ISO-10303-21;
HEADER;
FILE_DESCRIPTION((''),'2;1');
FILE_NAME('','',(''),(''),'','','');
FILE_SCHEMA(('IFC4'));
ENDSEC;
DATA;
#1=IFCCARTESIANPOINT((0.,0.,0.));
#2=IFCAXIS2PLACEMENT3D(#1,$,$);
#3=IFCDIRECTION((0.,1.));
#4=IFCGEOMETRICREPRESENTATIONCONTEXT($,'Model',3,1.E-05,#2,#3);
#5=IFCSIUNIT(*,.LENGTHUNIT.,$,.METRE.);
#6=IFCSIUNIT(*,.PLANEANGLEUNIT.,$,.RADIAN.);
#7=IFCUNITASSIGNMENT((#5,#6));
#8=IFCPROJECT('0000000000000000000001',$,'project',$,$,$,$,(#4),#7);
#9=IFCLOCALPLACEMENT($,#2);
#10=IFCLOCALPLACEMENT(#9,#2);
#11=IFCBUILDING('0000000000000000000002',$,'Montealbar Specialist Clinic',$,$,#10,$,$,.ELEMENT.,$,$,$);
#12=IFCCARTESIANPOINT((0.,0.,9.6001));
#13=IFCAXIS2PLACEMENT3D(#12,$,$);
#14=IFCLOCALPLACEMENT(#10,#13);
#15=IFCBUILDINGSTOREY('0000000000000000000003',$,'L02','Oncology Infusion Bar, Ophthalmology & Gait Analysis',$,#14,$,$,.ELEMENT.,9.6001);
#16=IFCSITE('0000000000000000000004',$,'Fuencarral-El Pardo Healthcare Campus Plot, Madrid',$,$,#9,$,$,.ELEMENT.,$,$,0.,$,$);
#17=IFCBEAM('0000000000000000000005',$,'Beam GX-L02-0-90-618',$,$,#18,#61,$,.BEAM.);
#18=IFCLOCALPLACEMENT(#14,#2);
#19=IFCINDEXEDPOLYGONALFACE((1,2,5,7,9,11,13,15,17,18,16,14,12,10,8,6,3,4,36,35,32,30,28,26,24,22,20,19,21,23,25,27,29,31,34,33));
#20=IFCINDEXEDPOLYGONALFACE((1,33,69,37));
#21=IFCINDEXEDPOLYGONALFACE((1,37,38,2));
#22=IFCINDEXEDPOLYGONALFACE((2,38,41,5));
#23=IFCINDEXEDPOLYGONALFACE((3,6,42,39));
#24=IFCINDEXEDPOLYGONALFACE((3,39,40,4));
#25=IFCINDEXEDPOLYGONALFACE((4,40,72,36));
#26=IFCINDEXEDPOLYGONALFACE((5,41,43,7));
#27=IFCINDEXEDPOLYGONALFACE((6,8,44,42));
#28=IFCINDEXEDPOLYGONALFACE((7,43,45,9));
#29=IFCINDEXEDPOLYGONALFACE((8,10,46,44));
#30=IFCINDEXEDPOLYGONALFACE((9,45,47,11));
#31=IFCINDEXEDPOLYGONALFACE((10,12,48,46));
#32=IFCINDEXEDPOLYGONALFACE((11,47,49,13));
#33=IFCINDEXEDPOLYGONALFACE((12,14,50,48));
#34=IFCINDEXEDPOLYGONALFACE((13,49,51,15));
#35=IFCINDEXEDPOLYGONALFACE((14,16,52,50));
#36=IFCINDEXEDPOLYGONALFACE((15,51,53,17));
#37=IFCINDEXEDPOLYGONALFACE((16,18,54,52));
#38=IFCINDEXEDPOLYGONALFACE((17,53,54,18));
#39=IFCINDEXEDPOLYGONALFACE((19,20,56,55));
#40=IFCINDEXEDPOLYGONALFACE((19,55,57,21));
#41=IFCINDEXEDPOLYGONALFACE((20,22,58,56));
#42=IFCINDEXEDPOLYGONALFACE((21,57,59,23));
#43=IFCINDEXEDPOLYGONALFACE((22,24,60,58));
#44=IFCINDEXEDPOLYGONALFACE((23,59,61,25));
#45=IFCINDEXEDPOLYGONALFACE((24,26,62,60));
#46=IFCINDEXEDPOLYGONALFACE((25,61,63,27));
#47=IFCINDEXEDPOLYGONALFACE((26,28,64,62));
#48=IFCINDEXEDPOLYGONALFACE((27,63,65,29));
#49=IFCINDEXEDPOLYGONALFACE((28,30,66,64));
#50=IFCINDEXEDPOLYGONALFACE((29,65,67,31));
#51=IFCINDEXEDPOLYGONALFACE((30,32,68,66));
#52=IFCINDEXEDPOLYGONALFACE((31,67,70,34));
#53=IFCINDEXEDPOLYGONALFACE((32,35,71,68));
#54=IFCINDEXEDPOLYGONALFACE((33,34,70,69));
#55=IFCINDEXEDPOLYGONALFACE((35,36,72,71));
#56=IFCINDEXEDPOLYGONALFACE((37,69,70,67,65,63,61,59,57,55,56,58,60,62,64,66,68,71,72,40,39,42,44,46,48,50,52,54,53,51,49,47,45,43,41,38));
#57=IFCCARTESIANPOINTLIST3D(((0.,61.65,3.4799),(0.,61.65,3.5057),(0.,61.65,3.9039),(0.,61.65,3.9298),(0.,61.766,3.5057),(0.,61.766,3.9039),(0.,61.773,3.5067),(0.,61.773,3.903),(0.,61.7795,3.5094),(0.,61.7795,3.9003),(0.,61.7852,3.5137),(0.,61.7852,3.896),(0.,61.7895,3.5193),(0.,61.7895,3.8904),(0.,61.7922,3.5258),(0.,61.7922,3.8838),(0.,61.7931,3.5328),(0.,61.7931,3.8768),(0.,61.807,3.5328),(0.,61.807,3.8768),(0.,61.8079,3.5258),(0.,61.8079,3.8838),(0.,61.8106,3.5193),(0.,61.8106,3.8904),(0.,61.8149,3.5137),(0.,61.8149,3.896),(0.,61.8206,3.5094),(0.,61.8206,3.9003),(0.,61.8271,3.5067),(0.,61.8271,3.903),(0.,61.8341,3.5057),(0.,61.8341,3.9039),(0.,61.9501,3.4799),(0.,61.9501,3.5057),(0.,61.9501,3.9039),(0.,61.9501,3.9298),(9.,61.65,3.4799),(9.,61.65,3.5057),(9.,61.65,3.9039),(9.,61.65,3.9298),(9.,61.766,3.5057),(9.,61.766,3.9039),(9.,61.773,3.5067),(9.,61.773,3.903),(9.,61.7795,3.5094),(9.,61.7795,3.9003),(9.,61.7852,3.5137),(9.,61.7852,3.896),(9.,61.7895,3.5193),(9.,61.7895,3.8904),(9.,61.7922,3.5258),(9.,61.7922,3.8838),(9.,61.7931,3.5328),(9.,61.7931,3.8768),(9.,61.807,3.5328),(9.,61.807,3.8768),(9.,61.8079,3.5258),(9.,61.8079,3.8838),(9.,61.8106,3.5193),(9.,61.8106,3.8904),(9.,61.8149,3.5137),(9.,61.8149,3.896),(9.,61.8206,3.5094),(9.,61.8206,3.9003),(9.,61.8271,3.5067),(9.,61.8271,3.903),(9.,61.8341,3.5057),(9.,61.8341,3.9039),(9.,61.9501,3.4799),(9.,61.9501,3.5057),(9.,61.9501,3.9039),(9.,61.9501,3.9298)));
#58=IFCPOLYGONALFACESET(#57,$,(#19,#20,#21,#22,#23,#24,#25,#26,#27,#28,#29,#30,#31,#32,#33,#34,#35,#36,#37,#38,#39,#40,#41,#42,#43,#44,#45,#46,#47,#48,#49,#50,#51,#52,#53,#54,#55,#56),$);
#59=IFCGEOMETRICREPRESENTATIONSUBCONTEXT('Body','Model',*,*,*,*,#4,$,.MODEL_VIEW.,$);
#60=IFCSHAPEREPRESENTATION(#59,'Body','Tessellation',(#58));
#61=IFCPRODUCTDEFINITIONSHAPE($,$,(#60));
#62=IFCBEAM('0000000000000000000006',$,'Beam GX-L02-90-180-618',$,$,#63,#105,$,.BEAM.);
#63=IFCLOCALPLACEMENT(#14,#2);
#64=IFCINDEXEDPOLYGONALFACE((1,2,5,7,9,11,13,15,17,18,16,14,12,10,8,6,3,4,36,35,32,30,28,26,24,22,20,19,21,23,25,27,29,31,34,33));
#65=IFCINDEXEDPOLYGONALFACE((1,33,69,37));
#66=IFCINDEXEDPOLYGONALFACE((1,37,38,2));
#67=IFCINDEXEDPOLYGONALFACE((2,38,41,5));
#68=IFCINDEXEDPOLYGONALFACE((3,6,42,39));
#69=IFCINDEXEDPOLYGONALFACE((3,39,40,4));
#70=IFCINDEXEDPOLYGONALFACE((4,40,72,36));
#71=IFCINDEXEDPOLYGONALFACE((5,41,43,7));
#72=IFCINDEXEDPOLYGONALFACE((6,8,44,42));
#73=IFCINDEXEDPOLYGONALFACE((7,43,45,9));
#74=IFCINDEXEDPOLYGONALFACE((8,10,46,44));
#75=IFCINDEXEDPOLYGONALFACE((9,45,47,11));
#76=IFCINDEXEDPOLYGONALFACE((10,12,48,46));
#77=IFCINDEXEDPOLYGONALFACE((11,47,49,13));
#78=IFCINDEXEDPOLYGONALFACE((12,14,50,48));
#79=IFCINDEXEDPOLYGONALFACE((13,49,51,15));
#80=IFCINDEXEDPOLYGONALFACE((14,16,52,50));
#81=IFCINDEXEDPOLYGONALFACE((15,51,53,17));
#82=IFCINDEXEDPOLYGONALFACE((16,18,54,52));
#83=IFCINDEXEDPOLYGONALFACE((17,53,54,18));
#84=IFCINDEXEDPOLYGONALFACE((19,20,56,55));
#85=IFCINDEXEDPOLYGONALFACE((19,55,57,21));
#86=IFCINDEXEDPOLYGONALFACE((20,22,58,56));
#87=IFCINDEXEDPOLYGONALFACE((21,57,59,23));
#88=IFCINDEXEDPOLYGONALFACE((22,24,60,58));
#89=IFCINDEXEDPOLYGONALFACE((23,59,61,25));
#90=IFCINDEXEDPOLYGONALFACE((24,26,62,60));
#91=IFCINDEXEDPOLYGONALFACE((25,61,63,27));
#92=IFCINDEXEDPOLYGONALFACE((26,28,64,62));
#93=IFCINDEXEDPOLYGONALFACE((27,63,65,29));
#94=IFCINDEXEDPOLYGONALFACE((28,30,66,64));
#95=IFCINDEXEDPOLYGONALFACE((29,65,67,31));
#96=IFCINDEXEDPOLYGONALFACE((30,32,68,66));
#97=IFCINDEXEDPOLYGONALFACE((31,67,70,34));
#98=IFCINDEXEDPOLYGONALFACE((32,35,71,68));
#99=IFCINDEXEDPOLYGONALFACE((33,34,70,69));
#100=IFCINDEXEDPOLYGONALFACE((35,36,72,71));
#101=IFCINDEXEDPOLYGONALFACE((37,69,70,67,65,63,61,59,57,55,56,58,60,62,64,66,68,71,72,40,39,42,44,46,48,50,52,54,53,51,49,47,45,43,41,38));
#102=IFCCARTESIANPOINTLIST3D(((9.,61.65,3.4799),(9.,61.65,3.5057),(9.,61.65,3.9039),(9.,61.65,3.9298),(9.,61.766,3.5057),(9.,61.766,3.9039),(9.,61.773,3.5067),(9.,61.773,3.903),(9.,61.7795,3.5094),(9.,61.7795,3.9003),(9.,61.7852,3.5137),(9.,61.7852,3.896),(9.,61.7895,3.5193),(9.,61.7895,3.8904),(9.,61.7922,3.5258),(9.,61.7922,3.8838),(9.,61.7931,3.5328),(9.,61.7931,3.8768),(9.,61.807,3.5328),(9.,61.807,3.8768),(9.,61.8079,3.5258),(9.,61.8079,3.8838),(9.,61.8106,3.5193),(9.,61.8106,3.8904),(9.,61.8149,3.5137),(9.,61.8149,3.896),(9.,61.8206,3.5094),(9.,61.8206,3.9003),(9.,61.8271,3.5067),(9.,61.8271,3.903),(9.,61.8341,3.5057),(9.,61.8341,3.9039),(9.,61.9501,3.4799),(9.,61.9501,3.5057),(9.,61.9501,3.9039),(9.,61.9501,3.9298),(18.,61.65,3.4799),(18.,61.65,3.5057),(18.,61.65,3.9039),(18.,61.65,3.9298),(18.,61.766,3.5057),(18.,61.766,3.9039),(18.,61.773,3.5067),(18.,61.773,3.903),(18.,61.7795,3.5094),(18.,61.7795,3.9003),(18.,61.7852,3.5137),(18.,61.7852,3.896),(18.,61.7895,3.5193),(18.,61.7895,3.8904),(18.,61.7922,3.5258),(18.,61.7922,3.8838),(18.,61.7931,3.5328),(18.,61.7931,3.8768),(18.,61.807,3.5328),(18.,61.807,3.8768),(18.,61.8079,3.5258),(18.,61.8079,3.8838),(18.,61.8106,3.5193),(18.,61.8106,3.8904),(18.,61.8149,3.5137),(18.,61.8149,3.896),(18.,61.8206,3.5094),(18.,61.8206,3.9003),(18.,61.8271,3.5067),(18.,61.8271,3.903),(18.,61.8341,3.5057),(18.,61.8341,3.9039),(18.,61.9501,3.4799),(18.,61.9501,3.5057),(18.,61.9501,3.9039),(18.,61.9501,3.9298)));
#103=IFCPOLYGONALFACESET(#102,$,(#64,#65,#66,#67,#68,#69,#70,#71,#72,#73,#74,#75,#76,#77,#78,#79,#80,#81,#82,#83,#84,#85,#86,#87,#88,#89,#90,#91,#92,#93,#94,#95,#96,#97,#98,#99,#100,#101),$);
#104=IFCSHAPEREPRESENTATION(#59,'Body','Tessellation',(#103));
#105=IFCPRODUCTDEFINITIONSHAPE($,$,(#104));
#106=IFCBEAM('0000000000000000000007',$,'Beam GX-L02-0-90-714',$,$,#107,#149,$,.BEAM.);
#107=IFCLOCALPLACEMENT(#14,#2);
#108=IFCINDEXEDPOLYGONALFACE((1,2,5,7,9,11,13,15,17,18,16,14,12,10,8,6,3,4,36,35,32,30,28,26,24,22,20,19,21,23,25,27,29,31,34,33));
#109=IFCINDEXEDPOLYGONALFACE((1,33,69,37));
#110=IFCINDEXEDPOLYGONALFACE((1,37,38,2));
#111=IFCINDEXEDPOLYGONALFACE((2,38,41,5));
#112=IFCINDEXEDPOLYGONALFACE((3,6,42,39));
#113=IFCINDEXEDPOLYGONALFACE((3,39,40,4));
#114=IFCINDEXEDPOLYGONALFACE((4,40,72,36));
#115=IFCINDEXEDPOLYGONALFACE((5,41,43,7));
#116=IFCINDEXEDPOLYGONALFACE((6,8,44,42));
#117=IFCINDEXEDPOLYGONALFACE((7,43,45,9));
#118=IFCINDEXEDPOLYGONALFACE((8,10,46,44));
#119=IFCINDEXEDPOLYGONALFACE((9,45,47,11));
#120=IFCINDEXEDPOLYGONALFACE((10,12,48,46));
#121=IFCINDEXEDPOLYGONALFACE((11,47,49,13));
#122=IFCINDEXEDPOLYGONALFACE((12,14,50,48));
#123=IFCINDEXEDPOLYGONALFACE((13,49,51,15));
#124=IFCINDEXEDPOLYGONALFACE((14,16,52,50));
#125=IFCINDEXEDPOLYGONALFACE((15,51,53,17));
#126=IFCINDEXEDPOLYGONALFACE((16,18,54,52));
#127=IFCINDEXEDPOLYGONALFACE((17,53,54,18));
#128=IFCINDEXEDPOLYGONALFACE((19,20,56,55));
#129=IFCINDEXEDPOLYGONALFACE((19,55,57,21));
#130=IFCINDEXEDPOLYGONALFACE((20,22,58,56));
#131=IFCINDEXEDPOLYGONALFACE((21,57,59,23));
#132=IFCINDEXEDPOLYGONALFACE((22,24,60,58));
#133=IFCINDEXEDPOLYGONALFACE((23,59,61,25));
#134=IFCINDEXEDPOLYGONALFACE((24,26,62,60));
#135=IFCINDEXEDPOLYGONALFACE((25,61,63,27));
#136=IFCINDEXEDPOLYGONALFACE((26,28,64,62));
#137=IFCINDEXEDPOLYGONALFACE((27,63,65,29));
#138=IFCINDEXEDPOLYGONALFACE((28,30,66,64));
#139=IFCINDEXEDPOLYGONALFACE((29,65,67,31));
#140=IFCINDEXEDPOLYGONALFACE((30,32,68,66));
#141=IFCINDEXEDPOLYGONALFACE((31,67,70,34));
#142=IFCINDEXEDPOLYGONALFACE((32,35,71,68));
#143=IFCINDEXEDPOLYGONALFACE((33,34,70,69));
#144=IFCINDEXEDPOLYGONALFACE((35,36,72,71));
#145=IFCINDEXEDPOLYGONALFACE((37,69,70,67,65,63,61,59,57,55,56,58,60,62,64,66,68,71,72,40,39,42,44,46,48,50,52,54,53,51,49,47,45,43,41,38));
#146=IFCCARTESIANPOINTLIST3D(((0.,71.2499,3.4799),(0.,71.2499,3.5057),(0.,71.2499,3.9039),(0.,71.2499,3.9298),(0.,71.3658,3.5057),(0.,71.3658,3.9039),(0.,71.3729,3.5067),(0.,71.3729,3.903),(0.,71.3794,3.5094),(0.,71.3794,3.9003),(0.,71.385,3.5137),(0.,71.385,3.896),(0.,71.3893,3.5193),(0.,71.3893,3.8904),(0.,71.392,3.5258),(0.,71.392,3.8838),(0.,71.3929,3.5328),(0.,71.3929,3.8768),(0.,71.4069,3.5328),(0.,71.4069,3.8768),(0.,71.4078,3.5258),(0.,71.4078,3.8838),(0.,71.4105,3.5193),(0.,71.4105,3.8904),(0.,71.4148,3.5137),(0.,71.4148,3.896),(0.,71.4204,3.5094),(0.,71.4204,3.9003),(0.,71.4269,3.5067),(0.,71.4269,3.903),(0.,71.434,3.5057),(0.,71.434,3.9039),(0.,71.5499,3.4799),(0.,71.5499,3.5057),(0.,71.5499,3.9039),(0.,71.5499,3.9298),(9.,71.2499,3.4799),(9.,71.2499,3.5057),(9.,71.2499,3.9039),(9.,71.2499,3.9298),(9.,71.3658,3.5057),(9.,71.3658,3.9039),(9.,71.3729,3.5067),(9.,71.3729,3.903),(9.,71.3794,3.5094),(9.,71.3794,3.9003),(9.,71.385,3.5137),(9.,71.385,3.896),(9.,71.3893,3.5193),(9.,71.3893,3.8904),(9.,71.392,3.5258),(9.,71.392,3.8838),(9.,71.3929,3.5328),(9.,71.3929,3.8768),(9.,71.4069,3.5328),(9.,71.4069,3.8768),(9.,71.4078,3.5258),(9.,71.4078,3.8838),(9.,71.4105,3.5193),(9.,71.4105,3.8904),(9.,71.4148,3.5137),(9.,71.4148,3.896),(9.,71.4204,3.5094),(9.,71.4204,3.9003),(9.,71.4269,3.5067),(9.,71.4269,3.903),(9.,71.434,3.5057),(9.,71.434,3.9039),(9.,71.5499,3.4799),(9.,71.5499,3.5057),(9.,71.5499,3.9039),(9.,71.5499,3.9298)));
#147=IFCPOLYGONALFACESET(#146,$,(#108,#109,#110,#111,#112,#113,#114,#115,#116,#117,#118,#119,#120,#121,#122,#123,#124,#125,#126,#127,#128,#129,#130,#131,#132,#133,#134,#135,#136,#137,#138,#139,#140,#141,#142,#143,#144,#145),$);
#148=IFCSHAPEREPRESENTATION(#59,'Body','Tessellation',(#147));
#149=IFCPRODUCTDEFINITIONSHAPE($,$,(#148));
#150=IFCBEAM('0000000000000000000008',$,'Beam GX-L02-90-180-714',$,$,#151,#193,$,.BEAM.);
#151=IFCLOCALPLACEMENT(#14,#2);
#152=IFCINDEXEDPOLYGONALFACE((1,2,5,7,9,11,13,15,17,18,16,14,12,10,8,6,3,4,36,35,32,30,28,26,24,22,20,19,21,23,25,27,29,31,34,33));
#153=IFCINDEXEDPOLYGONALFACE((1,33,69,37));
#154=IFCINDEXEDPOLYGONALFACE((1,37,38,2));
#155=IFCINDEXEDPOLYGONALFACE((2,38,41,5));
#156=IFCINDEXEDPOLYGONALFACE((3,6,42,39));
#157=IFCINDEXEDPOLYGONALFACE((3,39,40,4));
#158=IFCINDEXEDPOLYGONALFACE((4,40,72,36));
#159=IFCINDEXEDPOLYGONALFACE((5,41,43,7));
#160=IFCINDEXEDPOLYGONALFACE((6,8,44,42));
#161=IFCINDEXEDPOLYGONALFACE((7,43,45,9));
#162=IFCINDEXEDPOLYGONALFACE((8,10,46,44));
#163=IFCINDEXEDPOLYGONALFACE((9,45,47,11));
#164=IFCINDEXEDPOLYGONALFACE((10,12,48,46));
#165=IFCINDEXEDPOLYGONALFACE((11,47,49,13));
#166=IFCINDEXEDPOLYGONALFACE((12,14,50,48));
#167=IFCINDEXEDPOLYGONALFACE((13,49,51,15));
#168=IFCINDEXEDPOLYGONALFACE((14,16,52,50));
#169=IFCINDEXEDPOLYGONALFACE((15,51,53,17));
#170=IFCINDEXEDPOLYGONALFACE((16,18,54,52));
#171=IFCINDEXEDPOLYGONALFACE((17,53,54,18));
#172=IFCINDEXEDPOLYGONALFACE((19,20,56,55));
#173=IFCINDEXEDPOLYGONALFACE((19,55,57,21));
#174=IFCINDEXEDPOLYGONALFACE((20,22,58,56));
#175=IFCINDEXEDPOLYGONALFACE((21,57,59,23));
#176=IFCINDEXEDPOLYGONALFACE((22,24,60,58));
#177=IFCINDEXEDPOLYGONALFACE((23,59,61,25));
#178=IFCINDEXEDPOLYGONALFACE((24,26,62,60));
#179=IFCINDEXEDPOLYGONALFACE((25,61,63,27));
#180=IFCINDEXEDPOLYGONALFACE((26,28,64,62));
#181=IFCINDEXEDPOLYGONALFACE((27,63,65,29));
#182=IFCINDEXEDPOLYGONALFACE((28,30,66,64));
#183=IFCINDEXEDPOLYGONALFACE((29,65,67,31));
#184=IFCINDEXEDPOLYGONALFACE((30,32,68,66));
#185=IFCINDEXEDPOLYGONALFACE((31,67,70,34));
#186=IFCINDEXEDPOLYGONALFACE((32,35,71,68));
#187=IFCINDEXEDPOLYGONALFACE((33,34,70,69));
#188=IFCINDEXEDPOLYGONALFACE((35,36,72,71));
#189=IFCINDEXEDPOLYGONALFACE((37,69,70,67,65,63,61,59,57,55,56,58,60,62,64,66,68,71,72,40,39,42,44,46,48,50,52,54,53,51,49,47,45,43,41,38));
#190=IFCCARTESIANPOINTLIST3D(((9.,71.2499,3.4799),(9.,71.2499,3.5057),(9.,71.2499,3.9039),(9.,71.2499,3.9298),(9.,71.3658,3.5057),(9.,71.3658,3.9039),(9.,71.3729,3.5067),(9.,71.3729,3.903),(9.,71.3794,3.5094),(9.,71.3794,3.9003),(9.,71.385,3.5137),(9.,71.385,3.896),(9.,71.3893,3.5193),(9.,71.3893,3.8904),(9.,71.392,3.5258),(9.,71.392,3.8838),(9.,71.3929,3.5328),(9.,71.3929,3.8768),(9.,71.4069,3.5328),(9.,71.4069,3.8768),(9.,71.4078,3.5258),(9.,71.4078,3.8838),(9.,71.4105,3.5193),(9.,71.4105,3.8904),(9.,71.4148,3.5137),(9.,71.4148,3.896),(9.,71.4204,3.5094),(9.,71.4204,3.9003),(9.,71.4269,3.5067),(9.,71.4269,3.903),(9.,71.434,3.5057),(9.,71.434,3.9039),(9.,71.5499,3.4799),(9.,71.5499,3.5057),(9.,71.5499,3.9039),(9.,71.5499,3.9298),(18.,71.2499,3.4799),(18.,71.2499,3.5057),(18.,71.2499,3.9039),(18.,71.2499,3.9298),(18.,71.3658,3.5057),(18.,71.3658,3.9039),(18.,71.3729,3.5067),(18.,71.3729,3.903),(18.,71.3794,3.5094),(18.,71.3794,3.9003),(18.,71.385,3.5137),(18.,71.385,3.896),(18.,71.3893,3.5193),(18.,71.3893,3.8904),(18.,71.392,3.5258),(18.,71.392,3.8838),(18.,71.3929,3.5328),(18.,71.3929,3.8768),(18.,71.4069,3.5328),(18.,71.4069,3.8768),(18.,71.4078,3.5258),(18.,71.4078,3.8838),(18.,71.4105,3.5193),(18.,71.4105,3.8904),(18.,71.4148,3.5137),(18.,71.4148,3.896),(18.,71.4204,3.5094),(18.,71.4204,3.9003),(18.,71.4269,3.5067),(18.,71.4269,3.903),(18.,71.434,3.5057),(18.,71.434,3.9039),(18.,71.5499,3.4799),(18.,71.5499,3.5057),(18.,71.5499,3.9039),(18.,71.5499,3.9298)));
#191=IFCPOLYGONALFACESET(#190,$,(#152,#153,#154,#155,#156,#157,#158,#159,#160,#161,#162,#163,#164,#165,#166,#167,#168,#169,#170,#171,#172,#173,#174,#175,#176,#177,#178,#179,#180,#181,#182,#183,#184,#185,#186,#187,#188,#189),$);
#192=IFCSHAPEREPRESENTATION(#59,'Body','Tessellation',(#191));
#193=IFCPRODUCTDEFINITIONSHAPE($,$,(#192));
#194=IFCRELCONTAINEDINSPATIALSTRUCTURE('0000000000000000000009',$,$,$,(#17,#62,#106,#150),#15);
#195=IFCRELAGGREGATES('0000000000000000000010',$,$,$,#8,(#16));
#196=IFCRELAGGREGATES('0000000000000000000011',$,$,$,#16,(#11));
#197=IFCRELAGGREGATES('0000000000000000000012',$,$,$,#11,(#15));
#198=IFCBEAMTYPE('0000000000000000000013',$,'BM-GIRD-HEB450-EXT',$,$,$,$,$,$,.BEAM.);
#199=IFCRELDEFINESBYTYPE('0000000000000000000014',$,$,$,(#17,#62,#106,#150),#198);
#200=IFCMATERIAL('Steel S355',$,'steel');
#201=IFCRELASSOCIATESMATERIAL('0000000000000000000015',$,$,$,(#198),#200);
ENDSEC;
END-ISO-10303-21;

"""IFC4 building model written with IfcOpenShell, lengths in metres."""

from ifc_helpers import new_model, si_unit, direction, frame, origin, origin_2d, place, context, subcontext, project, spatial, i_section, extrude, material, material_profile, profile_set, type_object, element, save


model = new_model("IFC4")

# Units and contexts
model_context = context("Model", 3, precision=1e-05, world=origin(), true_north=direction((0.0, 1.0)))
body_context = subcontext(model_context, "Body", "Model", "MODEL_VIEW")
ifc_project = project(units=[si_unit("LENGTHUNIT", "METRE"), si_unit("PLANEANGLEUNIT", "RADIAN")], contexts=[model_context])

# Site, building, storey
site_placement = place(None, origin())
site = spatial("IfcSite", under=ifc_project, at=site_placement, Name="Fuencarral-El Pardo Healthcare Campus Plot, Madrid", CompositionType="ELEMENT", RefElevation=0.0)
building_placement = place(site_placement, origin())
building = spatial("IfcBuilding", under=site, at=building_placement, Name="Montealbar Specialist Clinic", CompositionType="ELEMENT")
storey_placement = place(building_placement, frame((0.0, 0.0, 9.6001)))
storey = spatial("IfcBuildingStorey", under=building, at=storey_placement, Name="L02", Description="Oncology Infusion Bar, Ophthalmology & Gait Analysis", CompositionType="ELEMENT", Elevation=9.6001)

# Shared definitions
ifc_material_1 = material(Name="Steel S355", Category="steel")

# Beams
ifc_material_profile_1 = material_profile(ifc_material_1, i_section(OverallWidth=0.3, OverallDepth=0.45, WebThickness=0.0139, FlangeThickness=0.0259, FilletRadius=0.0271, at=origin_2d()), Name="HEB 450", Category="steel")
ifc_profile_set_1 = profile_set([ifc_material_profile_1], Name="Steel S355")
beam_type_1 = type_object("IfcBeamType", Name="BM-GIRD-HEB450-EXT", PredefinedType="BEAM", material=ifc_profile_set_1)
for number, where, z_axis, x_axis, name in (
    (1, (0.0, 61.8, 3.7048), (1.0, 0.0, 0.0), (0.0, 1.0, 0.0), "Beam GX-L02-0-90-618"),
    (2, (9.0, 61.8, 3.7048), (1.0, 0.0, 0.0), (0.0, 1.0, 0.0), "Beam GX-L02-90-180-618"),
    (3, (0.0, 71.3999, 3.7048), (1.0, 0.0, 0.0), (0.0, 1.0, 0.0), "Beam GX-L02-0-90-714"),
    (4, (9.0, 71.3999, 3.7048), (1.0, 0.0, 0.0), (0.0, 1.0, 0.0), "Beam GX-L02-90-180-714"),
):
    element("IfcBeam", number, at=place(storey_placement, frame(where, z_axis=z_axis, x_axis=x_axis)), inside=storey, type_object=beam_type_1, Name=name, PredefinedType="BEAM", context=body_context, shape_type="SweptSolid", body=[
        extrude(i_section(OverallWidth=0.3, OverallDepth=0.45, WebThickness=0.0139, FlangeThickness=0.0259, FilletRadius=0.0271, at=origin_2d()), origin(), (0.0, 0.0, 1.0), 9.0),
    ])

save(model, "model.ifc")
